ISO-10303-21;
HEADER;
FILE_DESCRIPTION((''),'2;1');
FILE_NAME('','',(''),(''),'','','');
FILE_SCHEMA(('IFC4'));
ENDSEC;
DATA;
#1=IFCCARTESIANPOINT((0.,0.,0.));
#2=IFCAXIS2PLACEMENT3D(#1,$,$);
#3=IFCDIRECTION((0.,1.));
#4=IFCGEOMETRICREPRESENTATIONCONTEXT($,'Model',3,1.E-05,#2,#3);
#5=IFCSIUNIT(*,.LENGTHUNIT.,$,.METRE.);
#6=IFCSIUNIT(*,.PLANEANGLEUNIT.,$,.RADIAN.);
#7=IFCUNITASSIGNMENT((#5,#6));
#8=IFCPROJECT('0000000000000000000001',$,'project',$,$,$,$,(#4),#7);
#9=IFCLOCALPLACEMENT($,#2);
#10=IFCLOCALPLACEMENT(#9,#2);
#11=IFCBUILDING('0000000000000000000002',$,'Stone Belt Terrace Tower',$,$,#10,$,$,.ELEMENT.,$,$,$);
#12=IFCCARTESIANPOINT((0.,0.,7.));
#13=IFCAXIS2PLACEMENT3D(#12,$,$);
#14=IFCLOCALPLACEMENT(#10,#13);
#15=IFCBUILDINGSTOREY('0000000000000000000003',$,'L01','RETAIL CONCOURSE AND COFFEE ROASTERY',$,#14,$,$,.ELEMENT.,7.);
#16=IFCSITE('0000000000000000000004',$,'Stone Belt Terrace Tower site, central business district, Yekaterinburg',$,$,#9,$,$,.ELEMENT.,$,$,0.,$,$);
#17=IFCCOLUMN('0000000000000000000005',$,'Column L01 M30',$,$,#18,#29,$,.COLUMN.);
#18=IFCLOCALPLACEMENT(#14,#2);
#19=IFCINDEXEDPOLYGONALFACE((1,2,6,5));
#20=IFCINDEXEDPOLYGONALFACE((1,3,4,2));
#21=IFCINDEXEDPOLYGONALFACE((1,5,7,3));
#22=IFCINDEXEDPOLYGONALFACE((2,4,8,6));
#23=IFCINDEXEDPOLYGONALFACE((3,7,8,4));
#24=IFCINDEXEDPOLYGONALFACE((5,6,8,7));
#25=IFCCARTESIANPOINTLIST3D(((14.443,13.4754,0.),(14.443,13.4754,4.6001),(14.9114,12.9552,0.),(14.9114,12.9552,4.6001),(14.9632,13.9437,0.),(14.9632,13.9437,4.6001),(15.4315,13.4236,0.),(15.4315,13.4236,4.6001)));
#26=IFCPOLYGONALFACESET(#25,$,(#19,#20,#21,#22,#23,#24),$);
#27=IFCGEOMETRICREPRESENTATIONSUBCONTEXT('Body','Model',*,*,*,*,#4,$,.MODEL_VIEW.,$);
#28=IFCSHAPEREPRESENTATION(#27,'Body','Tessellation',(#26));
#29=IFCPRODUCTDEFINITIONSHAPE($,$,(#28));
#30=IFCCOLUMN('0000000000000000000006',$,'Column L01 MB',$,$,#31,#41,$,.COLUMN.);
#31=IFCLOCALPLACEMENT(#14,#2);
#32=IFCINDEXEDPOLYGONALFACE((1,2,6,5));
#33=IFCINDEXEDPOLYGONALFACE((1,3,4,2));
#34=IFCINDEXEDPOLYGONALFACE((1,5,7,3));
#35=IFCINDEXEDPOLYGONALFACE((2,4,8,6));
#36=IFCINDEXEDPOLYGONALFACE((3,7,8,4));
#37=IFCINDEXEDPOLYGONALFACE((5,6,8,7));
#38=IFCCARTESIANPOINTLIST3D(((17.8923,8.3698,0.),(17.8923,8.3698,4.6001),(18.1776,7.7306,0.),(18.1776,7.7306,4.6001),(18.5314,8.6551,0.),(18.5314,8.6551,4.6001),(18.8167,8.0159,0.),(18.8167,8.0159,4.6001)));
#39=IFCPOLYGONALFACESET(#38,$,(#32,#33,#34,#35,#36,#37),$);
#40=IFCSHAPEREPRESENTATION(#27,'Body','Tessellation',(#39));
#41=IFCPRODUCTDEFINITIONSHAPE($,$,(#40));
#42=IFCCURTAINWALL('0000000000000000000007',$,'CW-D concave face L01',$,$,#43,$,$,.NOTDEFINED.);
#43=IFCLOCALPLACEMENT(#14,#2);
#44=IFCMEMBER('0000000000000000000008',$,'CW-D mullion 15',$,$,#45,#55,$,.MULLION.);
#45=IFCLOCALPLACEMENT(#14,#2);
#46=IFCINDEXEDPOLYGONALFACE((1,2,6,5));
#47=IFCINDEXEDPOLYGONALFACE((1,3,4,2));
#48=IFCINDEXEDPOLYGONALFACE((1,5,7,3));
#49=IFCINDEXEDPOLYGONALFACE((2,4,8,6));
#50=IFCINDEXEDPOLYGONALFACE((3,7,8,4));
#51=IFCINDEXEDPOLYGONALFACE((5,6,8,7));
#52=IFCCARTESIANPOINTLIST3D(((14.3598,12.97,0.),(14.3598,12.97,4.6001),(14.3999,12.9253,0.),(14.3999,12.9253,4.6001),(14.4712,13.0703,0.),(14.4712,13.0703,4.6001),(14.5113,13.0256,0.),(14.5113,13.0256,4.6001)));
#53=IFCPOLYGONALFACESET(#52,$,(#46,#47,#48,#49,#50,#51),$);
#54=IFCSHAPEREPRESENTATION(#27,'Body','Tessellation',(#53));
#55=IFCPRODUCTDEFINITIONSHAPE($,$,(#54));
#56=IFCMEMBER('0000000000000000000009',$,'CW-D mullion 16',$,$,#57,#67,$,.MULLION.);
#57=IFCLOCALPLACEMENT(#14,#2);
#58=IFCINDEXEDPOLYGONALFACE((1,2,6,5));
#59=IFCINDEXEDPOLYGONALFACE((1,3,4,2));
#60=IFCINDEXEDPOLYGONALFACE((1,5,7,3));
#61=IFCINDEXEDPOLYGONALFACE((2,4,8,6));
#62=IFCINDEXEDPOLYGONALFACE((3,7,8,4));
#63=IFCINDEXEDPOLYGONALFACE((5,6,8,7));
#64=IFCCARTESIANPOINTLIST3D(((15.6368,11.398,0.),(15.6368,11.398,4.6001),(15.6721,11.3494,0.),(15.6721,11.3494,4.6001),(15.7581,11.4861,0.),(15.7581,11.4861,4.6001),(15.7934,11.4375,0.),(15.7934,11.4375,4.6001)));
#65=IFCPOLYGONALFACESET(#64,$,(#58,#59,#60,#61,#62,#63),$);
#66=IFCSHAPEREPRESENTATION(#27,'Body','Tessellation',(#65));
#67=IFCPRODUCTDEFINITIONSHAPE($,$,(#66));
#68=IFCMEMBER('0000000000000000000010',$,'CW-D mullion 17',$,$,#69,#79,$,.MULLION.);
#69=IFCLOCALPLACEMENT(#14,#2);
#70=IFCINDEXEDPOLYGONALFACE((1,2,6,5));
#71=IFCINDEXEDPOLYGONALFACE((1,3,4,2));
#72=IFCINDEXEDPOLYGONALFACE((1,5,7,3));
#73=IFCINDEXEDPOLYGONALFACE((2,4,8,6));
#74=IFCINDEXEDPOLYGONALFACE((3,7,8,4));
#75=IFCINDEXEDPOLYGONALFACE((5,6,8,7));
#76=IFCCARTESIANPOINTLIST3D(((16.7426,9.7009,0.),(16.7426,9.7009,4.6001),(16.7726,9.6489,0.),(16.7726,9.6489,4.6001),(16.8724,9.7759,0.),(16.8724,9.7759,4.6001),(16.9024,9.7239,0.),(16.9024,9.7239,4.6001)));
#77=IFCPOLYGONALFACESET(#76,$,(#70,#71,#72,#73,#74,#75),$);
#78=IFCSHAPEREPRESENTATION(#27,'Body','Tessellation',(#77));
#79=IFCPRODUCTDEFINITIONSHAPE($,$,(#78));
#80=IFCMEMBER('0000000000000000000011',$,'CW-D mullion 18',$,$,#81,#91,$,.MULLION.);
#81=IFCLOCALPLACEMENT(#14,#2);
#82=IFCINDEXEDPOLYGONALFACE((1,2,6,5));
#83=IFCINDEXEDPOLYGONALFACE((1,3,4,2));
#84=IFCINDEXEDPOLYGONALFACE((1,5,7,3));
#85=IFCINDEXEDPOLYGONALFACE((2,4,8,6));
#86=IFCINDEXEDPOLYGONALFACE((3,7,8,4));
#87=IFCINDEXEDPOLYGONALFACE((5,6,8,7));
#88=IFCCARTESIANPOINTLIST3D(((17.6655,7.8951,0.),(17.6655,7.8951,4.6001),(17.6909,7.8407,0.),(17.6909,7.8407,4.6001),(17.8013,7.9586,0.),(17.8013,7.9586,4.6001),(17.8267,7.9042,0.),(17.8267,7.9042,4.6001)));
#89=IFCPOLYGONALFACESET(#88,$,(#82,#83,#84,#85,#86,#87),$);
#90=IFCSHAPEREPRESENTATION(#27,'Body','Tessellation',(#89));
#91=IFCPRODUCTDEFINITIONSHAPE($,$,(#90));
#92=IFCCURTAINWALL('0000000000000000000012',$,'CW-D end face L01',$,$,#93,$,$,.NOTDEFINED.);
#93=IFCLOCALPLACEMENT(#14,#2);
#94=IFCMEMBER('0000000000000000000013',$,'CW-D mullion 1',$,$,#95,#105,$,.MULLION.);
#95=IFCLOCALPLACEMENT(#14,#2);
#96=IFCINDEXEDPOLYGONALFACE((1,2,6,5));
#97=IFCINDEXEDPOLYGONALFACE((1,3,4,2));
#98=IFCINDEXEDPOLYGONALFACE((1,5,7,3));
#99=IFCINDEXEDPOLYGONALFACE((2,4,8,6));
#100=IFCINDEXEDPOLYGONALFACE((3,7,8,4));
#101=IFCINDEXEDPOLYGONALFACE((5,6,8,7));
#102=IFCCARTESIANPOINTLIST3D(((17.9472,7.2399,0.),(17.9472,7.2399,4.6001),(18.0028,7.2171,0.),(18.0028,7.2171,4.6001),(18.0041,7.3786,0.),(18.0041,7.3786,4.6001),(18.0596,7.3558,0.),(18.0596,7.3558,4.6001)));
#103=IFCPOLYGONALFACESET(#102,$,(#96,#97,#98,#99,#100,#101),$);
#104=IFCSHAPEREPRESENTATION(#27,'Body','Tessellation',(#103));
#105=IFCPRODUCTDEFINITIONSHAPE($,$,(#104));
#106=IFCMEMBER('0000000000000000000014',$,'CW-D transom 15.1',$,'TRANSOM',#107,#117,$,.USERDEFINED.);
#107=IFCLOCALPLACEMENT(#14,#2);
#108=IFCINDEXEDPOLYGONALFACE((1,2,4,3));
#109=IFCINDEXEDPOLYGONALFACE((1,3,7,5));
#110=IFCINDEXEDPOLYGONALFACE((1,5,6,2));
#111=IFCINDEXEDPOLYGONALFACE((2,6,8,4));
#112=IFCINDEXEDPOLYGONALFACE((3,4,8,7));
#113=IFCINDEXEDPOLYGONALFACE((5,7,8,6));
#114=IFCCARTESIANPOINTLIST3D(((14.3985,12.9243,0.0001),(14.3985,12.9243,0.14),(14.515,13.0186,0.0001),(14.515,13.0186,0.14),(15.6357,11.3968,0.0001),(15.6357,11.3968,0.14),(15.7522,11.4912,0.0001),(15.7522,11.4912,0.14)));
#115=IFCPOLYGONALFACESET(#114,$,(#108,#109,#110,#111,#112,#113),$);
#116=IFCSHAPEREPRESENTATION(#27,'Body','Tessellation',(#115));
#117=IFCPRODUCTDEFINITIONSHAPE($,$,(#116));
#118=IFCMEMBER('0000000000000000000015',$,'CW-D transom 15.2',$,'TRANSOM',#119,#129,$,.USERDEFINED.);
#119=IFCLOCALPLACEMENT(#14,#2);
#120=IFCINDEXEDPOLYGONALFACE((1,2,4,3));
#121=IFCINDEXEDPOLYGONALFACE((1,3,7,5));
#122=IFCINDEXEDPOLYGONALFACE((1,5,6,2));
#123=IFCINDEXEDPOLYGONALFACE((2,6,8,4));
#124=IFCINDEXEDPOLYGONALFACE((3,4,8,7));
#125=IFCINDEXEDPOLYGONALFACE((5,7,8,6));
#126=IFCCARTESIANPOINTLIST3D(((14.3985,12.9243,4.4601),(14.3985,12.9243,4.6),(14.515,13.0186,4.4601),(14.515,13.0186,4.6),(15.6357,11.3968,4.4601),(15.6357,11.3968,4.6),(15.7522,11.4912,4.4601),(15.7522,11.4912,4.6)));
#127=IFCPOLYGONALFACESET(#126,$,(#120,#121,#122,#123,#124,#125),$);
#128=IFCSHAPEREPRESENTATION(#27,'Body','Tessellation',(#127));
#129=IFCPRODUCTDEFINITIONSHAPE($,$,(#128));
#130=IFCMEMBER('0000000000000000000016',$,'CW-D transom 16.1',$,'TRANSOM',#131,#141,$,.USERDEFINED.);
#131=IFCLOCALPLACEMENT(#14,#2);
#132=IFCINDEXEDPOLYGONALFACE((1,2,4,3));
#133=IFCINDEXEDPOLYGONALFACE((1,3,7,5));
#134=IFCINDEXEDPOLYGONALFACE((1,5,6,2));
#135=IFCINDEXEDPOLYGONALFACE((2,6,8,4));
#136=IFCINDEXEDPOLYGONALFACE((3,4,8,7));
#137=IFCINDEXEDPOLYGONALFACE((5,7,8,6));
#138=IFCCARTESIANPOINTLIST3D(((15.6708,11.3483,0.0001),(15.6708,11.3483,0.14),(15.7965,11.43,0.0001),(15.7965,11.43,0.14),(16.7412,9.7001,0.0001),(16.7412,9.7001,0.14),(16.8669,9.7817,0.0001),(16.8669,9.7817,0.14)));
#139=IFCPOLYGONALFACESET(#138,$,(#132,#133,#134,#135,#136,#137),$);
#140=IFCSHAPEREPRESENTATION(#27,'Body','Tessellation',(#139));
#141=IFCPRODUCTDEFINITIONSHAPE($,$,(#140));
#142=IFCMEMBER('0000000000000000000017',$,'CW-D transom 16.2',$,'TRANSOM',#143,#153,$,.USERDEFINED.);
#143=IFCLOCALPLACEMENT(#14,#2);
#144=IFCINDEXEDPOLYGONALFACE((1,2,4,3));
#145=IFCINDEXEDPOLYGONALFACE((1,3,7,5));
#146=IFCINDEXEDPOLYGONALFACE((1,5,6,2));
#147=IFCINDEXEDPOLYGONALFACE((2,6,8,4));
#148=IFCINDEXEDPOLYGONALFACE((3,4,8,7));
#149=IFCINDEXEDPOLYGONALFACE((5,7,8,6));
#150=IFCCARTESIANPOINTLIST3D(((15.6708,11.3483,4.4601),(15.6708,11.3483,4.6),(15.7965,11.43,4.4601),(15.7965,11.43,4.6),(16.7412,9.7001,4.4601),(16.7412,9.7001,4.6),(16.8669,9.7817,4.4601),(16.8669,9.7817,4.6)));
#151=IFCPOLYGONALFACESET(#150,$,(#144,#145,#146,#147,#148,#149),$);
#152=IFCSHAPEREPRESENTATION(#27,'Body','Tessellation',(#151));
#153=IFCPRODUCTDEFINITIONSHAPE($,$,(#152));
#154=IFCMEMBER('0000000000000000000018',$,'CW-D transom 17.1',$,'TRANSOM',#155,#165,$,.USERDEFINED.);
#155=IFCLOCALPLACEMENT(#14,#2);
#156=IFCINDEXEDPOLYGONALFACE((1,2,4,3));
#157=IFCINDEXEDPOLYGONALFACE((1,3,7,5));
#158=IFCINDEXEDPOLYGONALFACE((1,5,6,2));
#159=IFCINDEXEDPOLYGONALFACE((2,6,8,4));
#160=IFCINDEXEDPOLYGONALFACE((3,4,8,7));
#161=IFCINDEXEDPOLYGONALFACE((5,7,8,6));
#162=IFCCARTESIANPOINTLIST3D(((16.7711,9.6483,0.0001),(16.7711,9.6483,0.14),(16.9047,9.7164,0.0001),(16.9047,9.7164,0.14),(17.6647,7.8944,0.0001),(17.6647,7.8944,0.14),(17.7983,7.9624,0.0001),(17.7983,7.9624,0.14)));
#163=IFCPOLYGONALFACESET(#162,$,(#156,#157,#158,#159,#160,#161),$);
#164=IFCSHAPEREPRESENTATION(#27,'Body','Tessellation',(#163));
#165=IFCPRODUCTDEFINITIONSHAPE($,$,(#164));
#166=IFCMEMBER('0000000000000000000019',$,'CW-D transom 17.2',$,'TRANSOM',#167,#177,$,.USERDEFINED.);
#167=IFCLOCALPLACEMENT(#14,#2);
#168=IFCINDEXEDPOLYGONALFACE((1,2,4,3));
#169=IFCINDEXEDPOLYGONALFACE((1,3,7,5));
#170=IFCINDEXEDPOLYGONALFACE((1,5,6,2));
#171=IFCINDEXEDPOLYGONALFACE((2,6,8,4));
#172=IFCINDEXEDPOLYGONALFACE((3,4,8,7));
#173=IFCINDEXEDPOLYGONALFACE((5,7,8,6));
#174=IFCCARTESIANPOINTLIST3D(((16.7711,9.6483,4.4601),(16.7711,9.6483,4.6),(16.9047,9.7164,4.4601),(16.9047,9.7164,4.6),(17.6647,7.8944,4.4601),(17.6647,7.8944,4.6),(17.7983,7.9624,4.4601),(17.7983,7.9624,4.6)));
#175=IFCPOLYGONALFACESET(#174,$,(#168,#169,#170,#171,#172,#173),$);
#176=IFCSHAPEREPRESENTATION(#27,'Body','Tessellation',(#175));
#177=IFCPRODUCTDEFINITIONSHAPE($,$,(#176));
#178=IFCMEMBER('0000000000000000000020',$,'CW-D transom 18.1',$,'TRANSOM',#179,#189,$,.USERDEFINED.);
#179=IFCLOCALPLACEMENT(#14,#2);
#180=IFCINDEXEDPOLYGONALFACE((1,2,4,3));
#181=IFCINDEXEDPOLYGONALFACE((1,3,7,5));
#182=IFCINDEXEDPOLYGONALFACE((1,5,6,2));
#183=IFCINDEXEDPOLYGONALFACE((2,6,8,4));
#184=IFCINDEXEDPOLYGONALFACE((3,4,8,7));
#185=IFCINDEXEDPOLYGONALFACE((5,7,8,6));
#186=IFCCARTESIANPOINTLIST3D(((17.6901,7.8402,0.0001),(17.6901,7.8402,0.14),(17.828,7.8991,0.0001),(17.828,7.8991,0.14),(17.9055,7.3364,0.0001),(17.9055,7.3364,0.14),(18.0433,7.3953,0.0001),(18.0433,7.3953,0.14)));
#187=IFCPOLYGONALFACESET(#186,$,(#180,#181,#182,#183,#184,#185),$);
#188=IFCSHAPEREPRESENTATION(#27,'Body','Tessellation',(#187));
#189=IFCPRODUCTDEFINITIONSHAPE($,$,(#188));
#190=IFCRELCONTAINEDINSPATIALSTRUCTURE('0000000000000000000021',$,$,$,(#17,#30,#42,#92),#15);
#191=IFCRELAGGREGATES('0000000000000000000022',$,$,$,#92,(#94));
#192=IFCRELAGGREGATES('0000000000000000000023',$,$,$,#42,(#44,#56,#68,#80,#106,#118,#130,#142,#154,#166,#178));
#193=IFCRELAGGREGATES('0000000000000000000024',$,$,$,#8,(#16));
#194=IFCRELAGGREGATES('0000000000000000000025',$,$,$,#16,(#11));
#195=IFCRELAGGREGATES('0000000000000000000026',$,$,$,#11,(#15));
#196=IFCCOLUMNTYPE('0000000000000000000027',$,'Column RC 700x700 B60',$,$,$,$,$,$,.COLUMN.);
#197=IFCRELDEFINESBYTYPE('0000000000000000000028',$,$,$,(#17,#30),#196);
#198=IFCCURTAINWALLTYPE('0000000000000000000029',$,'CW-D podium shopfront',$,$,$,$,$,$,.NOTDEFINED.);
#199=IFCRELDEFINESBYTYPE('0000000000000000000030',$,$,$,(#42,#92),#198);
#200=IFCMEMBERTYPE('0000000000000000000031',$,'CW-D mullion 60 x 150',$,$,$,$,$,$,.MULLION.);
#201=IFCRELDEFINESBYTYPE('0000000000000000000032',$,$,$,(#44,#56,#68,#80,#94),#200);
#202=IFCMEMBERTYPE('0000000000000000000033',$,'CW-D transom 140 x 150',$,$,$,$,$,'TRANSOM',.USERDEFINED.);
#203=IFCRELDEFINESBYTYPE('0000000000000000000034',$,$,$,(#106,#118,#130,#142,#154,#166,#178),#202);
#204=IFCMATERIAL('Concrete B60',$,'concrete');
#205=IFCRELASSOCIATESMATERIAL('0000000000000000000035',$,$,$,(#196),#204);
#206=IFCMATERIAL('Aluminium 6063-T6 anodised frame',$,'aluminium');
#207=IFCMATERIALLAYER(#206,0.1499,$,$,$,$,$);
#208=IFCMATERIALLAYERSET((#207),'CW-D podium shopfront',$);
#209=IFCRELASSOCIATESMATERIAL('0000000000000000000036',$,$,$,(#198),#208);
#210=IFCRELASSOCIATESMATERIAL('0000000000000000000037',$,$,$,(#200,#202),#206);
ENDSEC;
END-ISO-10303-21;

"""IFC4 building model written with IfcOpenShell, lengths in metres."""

from ifc_helpers import new_model, si_unit, direction, frame, origin, origin_2d, place, context, subcontext, project, spatial, rectangle, extrude, material, layer, layer_set, material_profile, profile_set, type_object, element, aggregate, save


model = new_model("IFC4")

# Units and contexts
model_context = context("Model", 3, precision=1e-05, world=origin(), true_north=direction((0.0, 1.0)))
body_context = subcontext(model_context, "Body", "Model", "MODEL_VIEW")
ifc_project = project(units=[si_unit("LENGTHUNIT", "METRE"), si_unit("PLANEANGLEUNIT", "RADIAN")], contexts=[model_context])

# Site, building, storey
site_placement = place(None, origin())
site = spatial("IfcSite", under=ifc_project, at=site_placement, Name="Stone Belt Terrace Tower site, central business district, Yekaterinburg", CompositionType="ELEMENT", RefElevation=0.0)
building_placement = place(site_placement, origin())
building = spatial("IfcBuilding", under=site, at=building_placement, Name="Stone Belt Terrace Tower", CompositionType="ELEMENT")
storey_placement = place(building_placement, frame((0.0, 0.0, 7.0)))
storey = spatial("IfcBuildingStorey", under=building, at=storey_placement, Name="L01", Description="RETAIL CONCOURSE AND COFFEE ROASTERY", CompositionType="ELEMENT", Elevation=7.0)

# Columns
ifc_material_1 = material(Name="Concrete B60", Category="concrete")
ifc_material_profile_1 = material_profile(ifc_material_1, rectangle(XDim=0.7, YDim=0.7, at=origin_2d()), Name="RC 700x700")
ifc_profile_set_1 = profile_set([ifc_material_profile_1], Name="Concrete B60")
column_type = type_object("IfcColumnType", Name="Column RC 700x700 B60", PredefinedType="COLUMN", material=ifc_profile_set_1)
for number, where, z_axis, x_axis, name in (
    (1, (14.9373, 13.4495, 0.0), (0.0, 0.0, 1.0), (0.669131, -0.743145, 0.0), "Column L01 M30"),
    (2, (18.3545, 8.1929, 0.0), (0.0, 0.0, 1.0), (0.407599, -0.913161, 0.0), "Column L01 MB"),
):
    element("IfcColumn", number, at=place(storey_placement, frame(where, z_axis=z_axis, x_axis=x_axis)), inside=storey, type_object=column_type, Name=name, PredefinedType="COLUMN", context=body_context, shape_type="SweptSolid", body=[
        extrude(rectangle(XDim=0.7, YDim=0.7, at=origin_2d()), origin(), (0.0, 0.0, 1.0), 4.6001),
    ])

# Curtain wall, members
ifc_material_2 = material(Name="Aluminium 6063-T6 anodised frame", Category="aluminium")
ifc_layer_1 = layer(ifc_material_2, 0.1499)
ifc_layer_set_1 = layer_set([ifc_layer_1], Name="CW-D podium shopfront")
curtain_wall_type = type_object("IfcCurtainWallType", Name="CW-D podium shopfront", PredefinedType="NOTDEFINED", material=ifc_layer_set_1)
curtain_wall_1_placement = place(storey_placement, origin())
curtain_wall_1 = element("IfcCurtainWall", 3, at=curtain_wall_1_placement, inside=storey, type_object=curtain_wall_type, Name="CW-D concave face L01", PredefinedType="NOTDEFINED")
ifc_material_profile_2 = material_profile(ifc_material_2, rectangle(XDim=0.1499, YDim=0.0601, at=origin_2d()), Name="Aluminium 6063-T6 60x150")
ifc_profile_set_2 = profile_set([ifc_material_profile_2], Name="Aluminium 6063-T6 anodised frame")
member_type_1 = type_object("IfcMemberType", Name="CW-D mullion 60 x 150", PredefinedType="MULLION", material=ifc_profile_set_2)
member_1_placement = place(storey_placement, frame((14.4355, 12.9978, 0.0), z_axis=(0.0, 0.0, 1.0), x_axis=(0.743145, 0.669131, 0.0)))
member_1 = element("IfcMember", 4, at=member_1_placement, type_object=member_type_1, Name="CW-D mullion 15", PredefinedType="MULLION", context=body_context, shape_type="SweptSolid", body=[
    extrude(rectangle(XDim=0.1499, YDim=0.0601, at=origin_2d()), origin(), (0.0, 0.0, 1.0), 4.6001),
])
member_2_placement = place(storey_placement, frame((15.7151, 11.4177, 0.0), z_axis=(0.0, 0.0, 1.0), x_axis=(0.809017, 0.587785, 0.0)))
member_2 = element("IfcMember", 5, at=member_2_placement, type_object=member_type_1, Name="CW-D mullion 16", PredefinedType="MULLION", context=body_context, shape_type="SweptSolid", body=[
    extrude(rectangle(XDim=0.1499, YDim=0.0601, at=origin_2d()), origin(), (0.0, 0.0, 1.0), 4.6001),
])
member_3_placement = place(storey_placement, frame((16.8225, 9.7124, 0.0), z_axis=(0.0, 0.0, 1.0), x_axis=(0.866025, 0.5, 0.0)))
member_3 = element("IfcMember", 6, at=member_3_placement, type_object=member_type_1, Name="CW-D mullion 17", PredefinedType="MULLION", context=body_context, shape_type="SweptSolid", body=[
    extrude(rectangle(XDim=0.1499, YDim=0.0601, at=origin_2d()), origin(), (0.0, 0.0, 1.0), 4.6001),
])
member_4_placement = place(storey_placement, frame((17.7461, 7.8997, 0.0), z_axis=(0.0, 0.0, 1.0), x_axis=(0.905778, 0.423752, 0.0)))
member_4 = element("IfcMember", 7, at=member_4_placement, type_object=member_type_1, Name="CW-D mullion 18", PredefinedType="MULLION", context=body_context, shape_type="SweptSolid", body=[
    extrude(rectangle(XDim=0.1499, YDim=0.0601, at=origin_2d()), origin(), (0.0, 0.0, 1.0), 4.6001),
])

# Curtain wall, member
curtain_wall_2_placement = place(storey_placement, origin())
curtain_wall_2 = element("IfcCurtainWall", 8, at=curtain_wall_2_placement, inside=storey, type_object=curtain_wall_type, Name="CW-D end face L01", PredefinedType="NOTDEFINED")
member_5_placement = place(storey_placement, frame((18.0034, 7.2979, 0.0), z_axis=(0.0, 0.0, 1.0), x_axis=(0.379212, 0.92531, 0.0)))
member_5 = element("IfcMember", 9, at=member_5_placement, type_object=member_type_1, Name="CW-D mullion 1", PredefinedType="MULLION", context=body_context, shape_type="SweptSolid", body=[
    extrude(rectangle(XDim=0.1499, YDim=0.0601, at=origin_2d()), origin(), (0.0, 0.0, 1.0), 4.6001),
])

# Members
ifc_material_profile_3 = material_profile(ifc_material_2, rectangle(XDim=0.1499, YDim=0.1399, at=origin_2d()), Name="Aluminium 6063-T6 150x140")
ifc_profile_set_3 = profile_set([ifc_material_profile_3], Name="Aluminium 6063-T6 anodised frame")
member_type_2 = type_object("IfcMemberType", Name="CW-D transom 140 x 150", ElementType="TRANSOM", PredefinedType="USERDEFINED", material=ifc_profile_set_3)
member_6_placement = place(storey_placement, frame((14.4568, 12.9714, 0.0701), z_axis=(0.629395, -0.777086, 0.0), x_axis=(0.777086, 0.629395, 0.0)))
member_6 = element("IfcMember", 10, at=member_6_placement, type_object=member_type_2, Name="CW-D transom 15.1", ObjectType="TRANSOM", PredefinedType="USERDEFINED", context=body_context, shape_type="SweptSolid", body=[
    extrude(rectangle(XDim=0.1499, YDim=0.1399, at=origin_2d()), origin(), (0.0, 0.0, 1.0), 1.9656),
])
member_7_placement = place(storey_placement, frame((14.4568, 12.9714, 4.53), z_axis=(0.629395, -0.777086, 0.0), x_axis=(0.777086, 0.629395, 0.0)))
member_7 = element("IfcMember", 11, at=member_7_placement, type_object=member_type_2, Name="CW-D transom 15.2", ObjectType="TRANSOM", PredefinedType="USERDEFINED", context=body_context, shape_type="SweptSolid", body=[
    extrude(rectangle(XDim=0.1499, YDim=0.1399, at=origin_2d()), origin(), (0.0, 0.0, 1.0), 1.9656),
])
member_8_placement = place(storey_placement, frame((15.7336, 11.3892, 0.0701), z_axis=(0.544626, -0.838679, 0.0), x_axis=(0.838679, 0.544626, 0.0)))
member_8 = element("IfcMember", 12, at=member_8_placement, type_object=member_type_2, Name="CW-D transom 16.1", ObjectType="TRANSOM", PredefinedType="USERDEFINED", context=body_context, shape_type="SweptSolid", body=[
    extrude(rectangle(XDim=0.1499, YDim=0.1399, at=origin_2d()), origin(), (0.0, 0.0, 1.0), 1.9653),
])
member_9_placement = place(storey_placement, frame((15.7336, 11.3892, 4.53), z_axis=(0.544626, -0.838679, 0.0), x_axis=(0.838679, 0.544626, 0.0)))
member_9 = element("IfcMember", 13, at=member_9_placement, type_object=member_type_2, Name="CW-D transom 16.2", ObjectType="TRANSOM", PredefinedType="USERDEFINED", context=body_context, shape_type="SweptSolid", body=[
    extrude(rectangle(XDim=0.1499, YDim=0.1399, at=origin_2d()), origin(), (0.0, 0.0, 1.0), 1.9653),
])
member_10_placement = place(storey_placement, frame((16.8379, 9.6824, 0.0701), z_axis=(0.453948, -0.891028, 0.0), x_axis=(0.891028, 0.453948, 0.0)))
member_10 = element("IfcMember", 14, at=member_10_placement, type_object=member_type_2, Name="CW-D transom 17.1", ObjectType="TRANSOM", PredefinedType="USERDEFINED", context=body_context, shape_type="SweptSolid", body=[
    extrude(rectangle(XDim=0.1499, YDim=0.1399, at=origin_2d()), origin(), (0.0, 0.0, 1.0), 1.9685),
])
member_11_placement = place(storey_placement, frame((16.8379, 9.6824, 4.53), z_axis=(0.453948, -0.891028, 0.0), x_axis=(0.891028, 0.453948, 0.0)))
member_11 = element("IfcMember", 15, at=member_11_placement, type_object=member_type_2, Name="CW-D transom 17.2", ObjectType="TRANSOM", PredefinedType="USERDEFINED", context=body_context, shape_type="SweptSolid", body=[
    extrude(rectangle(XDim=0.1499, YDim=0.1399, at=origin_2d()), origin(), (0.0, 0.0, 1.0), 1.9685),
])
member_12_placement = place(storey_placement, frame((17.759, 7.8696, 0.0701), z_axis=(0.393112, -0.91949, 0.0), x_axis=(0.91949, 0.393112, 0.0)))
member_12 = element("IfcMember", 16, at=member_12_placement, type_object=member_type_2, Name="CW-D transom 18.1", ObjectType="TRANSOM", PredefinedType="USERDEFINED", context=body_context, shape_type="SweptSolid", body=[
    extrude(rectangle(XDim=0.1499, YDim=0.1399, at=origin_2d()), origin(), (0.0, 0.0, 1.0), 0.5479),
])
aggregate(curtain_wall_2, [member_5])

aggregate(curtain_wall_1, [member_1, member_2, member_3, member_4, member_6, member_7, member_8, member_9, member_10, member_11, member_12])

save(model, "model.ifc")
